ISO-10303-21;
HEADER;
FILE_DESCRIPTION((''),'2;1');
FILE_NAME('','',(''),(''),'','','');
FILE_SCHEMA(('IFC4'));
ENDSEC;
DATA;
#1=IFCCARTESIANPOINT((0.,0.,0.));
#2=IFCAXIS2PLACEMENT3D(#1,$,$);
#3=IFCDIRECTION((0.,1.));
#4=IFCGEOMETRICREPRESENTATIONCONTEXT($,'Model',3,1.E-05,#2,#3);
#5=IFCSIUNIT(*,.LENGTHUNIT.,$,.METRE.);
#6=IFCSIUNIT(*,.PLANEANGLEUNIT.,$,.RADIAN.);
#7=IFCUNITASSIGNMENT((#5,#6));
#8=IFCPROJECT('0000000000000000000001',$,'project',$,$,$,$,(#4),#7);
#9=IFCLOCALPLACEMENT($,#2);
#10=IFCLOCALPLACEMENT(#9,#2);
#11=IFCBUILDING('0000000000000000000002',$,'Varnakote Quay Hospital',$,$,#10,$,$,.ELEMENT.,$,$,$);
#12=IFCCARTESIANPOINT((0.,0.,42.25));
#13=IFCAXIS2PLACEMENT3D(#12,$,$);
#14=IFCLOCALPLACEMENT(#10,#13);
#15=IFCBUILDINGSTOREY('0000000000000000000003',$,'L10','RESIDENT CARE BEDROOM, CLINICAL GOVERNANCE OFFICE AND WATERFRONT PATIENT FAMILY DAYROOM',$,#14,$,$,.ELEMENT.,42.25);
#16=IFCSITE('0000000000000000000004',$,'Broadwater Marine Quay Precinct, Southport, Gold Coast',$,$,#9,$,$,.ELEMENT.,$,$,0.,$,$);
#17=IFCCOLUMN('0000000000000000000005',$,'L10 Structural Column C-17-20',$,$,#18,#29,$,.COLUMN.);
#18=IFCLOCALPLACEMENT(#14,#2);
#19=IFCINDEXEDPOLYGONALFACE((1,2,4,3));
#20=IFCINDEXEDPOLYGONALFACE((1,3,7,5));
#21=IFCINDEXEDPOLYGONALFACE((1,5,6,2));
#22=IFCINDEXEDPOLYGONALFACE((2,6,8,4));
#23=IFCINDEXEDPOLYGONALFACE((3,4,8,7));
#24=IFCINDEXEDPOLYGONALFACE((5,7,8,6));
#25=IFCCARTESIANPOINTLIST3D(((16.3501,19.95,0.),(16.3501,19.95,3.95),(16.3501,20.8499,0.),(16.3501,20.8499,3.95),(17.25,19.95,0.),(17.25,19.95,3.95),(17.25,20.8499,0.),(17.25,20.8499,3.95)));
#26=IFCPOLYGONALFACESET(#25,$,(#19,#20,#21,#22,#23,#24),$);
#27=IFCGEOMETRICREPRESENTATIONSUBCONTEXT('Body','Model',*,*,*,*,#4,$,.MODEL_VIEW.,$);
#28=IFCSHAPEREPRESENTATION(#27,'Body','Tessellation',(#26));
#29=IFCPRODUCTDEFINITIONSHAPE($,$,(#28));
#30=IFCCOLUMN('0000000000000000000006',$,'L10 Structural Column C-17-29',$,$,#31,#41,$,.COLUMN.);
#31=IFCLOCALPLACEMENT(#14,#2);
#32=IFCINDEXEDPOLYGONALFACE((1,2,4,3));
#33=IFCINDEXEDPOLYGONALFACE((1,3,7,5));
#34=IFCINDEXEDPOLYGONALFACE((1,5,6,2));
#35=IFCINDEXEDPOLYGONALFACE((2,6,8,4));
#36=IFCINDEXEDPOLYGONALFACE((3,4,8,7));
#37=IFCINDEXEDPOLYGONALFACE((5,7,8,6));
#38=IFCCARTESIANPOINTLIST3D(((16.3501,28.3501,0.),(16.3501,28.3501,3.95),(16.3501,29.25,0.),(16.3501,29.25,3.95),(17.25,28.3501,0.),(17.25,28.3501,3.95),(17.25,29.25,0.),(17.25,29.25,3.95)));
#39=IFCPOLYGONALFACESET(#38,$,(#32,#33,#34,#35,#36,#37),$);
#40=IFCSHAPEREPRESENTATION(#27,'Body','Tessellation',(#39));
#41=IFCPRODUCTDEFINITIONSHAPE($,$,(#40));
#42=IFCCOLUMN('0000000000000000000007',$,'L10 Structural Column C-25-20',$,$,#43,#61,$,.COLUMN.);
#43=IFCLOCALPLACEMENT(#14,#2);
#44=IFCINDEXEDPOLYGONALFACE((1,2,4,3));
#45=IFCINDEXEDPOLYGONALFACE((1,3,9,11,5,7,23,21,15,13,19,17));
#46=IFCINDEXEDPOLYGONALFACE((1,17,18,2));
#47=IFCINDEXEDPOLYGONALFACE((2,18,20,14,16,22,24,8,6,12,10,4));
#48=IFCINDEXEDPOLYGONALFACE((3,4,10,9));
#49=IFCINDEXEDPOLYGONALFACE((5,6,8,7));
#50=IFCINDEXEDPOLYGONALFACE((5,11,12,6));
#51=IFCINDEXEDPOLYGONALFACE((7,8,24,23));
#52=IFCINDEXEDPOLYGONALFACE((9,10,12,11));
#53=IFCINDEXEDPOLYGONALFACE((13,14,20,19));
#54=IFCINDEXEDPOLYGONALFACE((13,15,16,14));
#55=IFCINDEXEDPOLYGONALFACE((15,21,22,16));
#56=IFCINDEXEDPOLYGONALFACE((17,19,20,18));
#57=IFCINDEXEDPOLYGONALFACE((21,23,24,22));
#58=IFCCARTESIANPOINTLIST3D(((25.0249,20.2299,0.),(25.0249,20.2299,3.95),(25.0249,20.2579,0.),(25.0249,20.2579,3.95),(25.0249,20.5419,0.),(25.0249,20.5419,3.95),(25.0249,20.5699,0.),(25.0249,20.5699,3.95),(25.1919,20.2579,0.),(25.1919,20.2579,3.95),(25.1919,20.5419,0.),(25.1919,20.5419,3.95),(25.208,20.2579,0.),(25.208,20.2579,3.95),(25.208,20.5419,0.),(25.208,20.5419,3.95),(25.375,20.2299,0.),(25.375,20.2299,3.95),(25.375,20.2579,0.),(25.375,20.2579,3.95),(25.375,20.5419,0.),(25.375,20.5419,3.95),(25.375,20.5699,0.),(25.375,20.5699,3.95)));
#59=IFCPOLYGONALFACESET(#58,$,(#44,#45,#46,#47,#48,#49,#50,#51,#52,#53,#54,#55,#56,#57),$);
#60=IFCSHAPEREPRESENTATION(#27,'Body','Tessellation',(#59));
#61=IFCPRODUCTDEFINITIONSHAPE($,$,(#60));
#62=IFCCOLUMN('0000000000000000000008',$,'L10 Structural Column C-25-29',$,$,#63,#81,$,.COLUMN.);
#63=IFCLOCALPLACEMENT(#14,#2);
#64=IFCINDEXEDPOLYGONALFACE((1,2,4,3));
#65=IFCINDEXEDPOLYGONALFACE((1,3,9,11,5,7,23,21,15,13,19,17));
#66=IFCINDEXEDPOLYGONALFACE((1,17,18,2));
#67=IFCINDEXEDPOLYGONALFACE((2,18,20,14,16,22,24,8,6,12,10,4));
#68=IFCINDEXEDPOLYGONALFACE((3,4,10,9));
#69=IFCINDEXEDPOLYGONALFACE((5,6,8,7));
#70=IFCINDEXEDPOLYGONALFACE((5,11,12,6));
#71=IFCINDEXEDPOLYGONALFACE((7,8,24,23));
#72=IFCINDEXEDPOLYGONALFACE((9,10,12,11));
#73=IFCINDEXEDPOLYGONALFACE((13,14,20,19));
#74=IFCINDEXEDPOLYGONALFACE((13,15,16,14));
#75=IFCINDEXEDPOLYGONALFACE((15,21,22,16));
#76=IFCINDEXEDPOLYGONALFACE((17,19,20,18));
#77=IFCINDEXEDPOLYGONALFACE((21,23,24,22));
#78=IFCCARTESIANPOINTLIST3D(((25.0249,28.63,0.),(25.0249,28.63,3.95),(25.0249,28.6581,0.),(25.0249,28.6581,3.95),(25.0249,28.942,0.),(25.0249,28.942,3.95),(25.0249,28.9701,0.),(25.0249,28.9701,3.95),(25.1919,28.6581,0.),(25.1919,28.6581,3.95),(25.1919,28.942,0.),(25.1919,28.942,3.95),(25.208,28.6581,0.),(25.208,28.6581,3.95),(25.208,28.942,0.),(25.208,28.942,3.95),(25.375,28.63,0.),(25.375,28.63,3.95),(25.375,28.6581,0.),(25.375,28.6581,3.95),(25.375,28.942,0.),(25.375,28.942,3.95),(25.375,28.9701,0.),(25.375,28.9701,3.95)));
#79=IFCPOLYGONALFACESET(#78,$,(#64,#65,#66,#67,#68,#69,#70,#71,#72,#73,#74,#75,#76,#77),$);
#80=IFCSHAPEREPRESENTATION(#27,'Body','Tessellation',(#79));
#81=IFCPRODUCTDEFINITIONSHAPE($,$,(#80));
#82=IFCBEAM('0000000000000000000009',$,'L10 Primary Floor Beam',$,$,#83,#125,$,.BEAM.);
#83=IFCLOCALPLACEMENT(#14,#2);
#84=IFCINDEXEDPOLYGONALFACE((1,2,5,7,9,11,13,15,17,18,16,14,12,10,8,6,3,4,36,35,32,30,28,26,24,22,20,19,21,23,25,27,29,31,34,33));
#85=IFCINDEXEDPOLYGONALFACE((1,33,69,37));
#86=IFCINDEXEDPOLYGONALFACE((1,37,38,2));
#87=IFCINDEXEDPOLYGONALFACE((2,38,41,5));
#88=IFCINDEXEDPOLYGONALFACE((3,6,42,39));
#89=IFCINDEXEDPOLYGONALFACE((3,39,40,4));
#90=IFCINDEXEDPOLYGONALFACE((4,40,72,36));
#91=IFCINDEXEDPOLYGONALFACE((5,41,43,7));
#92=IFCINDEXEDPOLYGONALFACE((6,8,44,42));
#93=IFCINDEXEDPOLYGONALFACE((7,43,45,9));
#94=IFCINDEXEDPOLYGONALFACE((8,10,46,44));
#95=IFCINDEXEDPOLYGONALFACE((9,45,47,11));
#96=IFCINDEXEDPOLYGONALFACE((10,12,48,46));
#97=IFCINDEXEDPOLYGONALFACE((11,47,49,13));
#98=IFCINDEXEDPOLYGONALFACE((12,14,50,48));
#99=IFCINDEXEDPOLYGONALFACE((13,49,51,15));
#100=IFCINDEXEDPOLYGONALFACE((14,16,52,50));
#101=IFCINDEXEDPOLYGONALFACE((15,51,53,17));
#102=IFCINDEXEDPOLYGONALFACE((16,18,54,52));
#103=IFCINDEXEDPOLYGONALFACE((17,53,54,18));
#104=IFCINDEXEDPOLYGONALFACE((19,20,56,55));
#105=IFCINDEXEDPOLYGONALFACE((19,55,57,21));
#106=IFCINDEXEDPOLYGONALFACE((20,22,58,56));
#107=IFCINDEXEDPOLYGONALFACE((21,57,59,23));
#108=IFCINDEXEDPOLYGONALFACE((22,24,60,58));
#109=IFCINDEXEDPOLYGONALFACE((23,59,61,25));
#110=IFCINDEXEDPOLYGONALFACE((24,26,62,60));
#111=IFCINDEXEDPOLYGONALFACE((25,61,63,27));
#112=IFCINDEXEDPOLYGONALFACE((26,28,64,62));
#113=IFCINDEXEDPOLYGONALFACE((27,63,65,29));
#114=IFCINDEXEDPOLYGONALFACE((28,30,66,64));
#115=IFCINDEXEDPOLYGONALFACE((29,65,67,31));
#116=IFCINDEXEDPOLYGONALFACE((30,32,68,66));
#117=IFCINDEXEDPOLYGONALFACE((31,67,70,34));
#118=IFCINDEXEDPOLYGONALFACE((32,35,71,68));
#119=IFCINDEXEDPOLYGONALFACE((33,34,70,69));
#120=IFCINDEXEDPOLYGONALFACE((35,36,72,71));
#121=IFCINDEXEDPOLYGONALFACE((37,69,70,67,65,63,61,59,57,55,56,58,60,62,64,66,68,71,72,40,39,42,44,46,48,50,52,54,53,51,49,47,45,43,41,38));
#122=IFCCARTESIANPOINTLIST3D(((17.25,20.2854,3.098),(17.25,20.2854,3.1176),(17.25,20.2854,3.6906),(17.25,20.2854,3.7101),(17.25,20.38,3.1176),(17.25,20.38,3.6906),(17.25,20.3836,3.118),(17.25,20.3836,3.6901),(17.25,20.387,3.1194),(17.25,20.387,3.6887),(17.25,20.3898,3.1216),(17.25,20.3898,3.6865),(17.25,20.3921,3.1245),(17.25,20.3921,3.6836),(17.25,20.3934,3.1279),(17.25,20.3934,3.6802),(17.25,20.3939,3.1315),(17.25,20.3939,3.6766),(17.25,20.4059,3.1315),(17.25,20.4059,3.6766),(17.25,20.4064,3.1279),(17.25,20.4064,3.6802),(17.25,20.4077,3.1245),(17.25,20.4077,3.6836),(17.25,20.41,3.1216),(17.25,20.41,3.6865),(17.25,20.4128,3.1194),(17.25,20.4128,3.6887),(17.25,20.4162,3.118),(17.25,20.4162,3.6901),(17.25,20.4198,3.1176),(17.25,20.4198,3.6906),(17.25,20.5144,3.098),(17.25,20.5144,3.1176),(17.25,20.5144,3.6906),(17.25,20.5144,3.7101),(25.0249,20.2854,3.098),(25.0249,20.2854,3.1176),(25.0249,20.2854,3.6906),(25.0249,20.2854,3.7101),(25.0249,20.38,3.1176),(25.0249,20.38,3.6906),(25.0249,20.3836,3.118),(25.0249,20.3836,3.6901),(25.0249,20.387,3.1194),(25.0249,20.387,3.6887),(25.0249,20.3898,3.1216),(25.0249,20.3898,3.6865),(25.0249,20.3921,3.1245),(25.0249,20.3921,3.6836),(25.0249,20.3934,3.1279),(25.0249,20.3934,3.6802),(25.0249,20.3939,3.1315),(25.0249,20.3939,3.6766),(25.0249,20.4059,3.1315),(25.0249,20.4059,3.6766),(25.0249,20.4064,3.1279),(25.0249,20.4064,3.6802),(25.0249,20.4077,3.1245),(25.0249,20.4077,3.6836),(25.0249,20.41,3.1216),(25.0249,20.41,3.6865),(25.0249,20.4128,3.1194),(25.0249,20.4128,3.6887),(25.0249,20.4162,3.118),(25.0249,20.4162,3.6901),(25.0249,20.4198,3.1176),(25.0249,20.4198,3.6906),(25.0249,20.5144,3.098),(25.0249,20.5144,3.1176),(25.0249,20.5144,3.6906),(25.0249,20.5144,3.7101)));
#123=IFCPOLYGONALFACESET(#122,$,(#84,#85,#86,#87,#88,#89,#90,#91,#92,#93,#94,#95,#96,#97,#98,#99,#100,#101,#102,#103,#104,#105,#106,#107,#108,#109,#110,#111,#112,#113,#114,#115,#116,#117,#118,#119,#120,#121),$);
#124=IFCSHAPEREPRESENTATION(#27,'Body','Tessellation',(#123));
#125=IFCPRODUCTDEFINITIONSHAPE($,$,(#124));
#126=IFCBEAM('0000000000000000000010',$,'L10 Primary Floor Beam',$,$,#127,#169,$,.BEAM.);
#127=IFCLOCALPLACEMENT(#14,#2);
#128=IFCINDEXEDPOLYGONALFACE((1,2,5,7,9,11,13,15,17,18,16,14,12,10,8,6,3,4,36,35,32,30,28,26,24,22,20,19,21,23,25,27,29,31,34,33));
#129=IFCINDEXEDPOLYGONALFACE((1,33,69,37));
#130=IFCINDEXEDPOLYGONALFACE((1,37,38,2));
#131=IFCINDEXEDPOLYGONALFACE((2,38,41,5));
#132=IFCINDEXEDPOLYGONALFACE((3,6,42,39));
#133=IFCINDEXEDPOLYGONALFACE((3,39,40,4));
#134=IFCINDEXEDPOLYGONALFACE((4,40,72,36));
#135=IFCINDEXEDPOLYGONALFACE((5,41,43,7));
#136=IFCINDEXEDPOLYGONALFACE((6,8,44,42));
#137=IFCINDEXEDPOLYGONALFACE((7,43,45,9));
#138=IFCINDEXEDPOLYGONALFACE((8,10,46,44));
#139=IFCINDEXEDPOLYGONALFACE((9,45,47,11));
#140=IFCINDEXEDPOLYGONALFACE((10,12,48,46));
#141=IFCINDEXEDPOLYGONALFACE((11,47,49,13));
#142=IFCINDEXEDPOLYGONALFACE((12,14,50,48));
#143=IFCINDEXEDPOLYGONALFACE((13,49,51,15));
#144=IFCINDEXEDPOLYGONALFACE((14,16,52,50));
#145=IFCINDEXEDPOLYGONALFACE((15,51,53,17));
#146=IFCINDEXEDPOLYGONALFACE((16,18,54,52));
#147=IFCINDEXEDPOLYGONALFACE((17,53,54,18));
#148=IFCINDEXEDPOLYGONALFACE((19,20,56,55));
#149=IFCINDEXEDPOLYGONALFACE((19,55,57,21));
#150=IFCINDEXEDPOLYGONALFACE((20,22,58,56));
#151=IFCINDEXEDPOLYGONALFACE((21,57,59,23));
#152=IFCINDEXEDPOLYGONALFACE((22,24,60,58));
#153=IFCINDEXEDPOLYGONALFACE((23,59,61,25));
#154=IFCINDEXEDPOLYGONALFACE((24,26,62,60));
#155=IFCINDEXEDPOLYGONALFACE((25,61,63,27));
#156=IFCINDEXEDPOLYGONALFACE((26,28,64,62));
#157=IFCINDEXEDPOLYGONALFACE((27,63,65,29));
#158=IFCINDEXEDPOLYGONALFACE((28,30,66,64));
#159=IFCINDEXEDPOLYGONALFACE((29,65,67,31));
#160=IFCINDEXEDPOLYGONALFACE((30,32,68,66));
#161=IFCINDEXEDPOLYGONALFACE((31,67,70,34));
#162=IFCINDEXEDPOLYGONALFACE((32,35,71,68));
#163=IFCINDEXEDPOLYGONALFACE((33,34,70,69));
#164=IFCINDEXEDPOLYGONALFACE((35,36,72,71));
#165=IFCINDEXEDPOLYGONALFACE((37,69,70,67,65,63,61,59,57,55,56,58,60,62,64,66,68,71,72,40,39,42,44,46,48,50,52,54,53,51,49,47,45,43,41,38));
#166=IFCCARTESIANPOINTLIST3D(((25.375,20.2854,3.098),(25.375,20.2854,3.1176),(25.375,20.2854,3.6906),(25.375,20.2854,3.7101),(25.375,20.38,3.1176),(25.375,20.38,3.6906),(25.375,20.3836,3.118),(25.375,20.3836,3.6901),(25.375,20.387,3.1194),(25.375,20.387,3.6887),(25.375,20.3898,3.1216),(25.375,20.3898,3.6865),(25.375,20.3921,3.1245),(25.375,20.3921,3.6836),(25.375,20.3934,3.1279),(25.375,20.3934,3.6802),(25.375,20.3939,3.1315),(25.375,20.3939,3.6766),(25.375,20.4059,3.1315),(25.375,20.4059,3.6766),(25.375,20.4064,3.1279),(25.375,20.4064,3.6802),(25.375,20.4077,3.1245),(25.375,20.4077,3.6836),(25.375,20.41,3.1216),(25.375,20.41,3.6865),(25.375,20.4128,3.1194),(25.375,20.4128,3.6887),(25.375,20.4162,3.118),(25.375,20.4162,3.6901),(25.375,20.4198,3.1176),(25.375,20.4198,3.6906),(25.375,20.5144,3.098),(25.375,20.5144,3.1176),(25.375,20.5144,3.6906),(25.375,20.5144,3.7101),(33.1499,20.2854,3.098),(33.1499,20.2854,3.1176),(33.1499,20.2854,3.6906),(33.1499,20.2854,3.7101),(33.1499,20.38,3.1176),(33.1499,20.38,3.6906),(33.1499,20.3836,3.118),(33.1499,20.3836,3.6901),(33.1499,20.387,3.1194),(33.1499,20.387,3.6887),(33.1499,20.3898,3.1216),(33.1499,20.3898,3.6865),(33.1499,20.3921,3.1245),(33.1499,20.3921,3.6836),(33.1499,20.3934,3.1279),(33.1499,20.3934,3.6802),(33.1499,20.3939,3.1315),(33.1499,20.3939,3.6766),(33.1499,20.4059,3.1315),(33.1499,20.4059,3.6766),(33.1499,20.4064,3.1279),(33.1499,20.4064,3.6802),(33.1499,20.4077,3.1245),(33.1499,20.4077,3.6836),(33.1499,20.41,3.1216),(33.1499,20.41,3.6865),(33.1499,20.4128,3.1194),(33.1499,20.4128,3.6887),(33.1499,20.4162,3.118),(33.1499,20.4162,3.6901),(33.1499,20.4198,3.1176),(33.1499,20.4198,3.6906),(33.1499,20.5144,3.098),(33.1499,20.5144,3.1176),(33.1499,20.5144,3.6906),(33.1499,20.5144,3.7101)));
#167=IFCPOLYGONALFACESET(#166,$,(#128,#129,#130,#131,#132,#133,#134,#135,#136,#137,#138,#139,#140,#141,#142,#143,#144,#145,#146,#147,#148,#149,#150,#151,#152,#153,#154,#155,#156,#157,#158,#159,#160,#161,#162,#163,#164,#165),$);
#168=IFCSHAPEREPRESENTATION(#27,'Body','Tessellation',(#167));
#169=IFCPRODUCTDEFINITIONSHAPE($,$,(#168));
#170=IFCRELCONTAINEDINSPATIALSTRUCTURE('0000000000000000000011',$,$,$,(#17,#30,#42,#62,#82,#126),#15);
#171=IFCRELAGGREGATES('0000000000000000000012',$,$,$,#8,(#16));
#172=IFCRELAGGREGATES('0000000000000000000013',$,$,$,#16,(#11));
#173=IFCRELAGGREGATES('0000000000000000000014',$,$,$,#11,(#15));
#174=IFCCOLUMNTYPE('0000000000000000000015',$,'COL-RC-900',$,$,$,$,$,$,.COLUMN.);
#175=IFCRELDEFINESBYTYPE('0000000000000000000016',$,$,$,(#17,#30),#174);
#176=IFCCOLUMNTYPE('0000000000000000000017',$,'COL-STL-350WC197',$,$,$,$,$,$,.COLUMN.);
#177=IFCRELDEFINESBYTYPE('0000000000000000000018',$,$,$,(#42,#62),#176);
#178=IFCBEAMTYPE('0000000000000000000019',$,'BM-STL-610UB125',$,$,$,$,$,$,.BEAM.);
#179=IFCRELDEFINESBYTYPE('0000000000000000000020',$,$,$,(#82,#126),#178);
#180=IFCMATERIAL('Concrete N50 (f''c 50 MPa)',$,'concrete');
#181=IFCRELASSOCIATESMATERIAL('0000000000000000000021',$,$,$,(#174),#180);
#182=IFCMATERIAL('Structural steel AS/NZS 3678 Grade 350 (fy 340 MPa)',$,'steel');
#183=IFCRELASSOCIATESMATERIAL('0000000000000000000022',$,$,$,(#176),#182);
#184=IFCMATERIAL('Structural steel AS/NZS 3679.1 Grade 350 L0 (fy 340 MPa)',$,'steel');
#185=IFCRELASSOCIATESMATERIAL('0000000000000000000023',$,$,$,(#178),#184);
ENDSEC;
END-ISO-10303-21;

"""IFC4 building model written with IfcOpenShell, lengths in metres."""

from ifc_helpers import new_model, si_unit, direction, frame, origin, origin_2d, place, context, subcontext, project, spatial, rectangle, i_section, extrude, material, material_profile, profile_set, type_object, element, save


model = new_model("IFC4")

# Units and contexts
model_context = context("Model", 3, precision=1e-05, world=origin(), true_north=direction((0.0, 1.0)))
body_context = subcontext(model_context, "Body", "Model", "MODEL_VIEW")
ifc_project = project(units=[si_unit("LENGTHUNIT", "METRE"), si_unit("PLANEANGLEUNIT", "RADIAN")], contexts=[model_context])

# Site, building, storey
site_placement = place(None, origin())
site = spatial("IfcSite", under=ifc_project, at=site_placement, Name="Broadwater Marine Quay Precinct, Southport, Gold Coast", CompositionType="ELEMENT", RefElevation=0.0)
building_placement = place(site_placement, origin())
building = spatial("IfcBuilding", under=site, at=building_placement, Name="Varnakote Quay Hospital", CompositionType="ELEMENT")
storey_placement = place(building_placement, frame((0.0, 0.0, 42.25)))
storey = spatial("IfcBuildingStorey", under=building, at=storey_placement, Name="L10", Description="RESIDENT CARE BEDROOM, CLINICAL GOVERNANCE OFFICE AND WATERFRONT PATIENT FAMILY DAYROOM", CompositionType="ELEMENT", Elevation=42.25)

# Columns
ifc_material_1 = material(Name="Concrete N50 (f'c 50 MPa)", Category="concrete")
ifc_material_profile_1 = material_profile(ifc_material_1, rectangle(XDim=0.8999, YDim=0.8999, at=origin_2d()), Name="RC-COL-900x900")
ifc_profile_set_1 = profile_set([ifc_material_profile_1], Name="Concrete N50 (f'c 50 MPa)")
column_type_1 = type_object("IfcColumnType", Name="COL-RC-900", PredefinedType="COLUMN", material=ifc_profile_set_1)
for number, where, z_axis, x_axis, name in (
    (1, (16.8, 20.3999, 0.0), (0.0, 0.0, 1.0), (1.0, 0.0, 0.0), "L10 Structural Column C-17-20"),
    (2, (16.8, 28.8, 0.0), (0.0, 0.0, 1.0), (1.0, 0.0, 0.0), "L10 Structural Column C-17-29"),
):
    element("IfcColumn", number, at=place(storey_placement, frame(where, z_axis=z_axis, x_axis=x_axis)), inside=storey, type_object=column_type_1, Name=name, PredefinedType="COLUMN", context=body_context, shape_type="SweptSolid", body=[
        extrude(rectangle(XDim=0.8999, YDim=0.8999, at=origin_2d()), origin(), (0.0, 0.0, 1.0), 3.95),
    ])
ifc_material_2 = material(Name="Structural steel AS/NZS 3678 Grade 350 (fy 340 MPa)", Category="steel")
ifc_material_profile_2 = material_profile(ifc_material_2, i_section(OverallWidth=0.3501, OverallDepth=0.3401, WebThickness=0.0161, FlangeThickness=0.0281, at=origin_2d()), Name="350WC197")
ifc_profile_set_2 = profile_set([ifc_material_profile_2], Name="Structural steel AS/NZS 3678 Grade 350 (fy 340 MPa)")
column_type_2 = type_object("IfcColumnType", Name="COL-STL-350WC197", PredefinedType="COLUMN", material=ifc_profile_set_2)
for number, where, z_axis, x_axis, name in (
    (3, (25.2, 20.3999, 0.0), (0.0, 0.0, 1.0), (1.0, 0.0, 0.0), "L10 Structural Column C-25-20"),
    (4, (25.2, 28.8, 0.0), (0.0, 0.0, 1.0), (1.0, 0.0, 0.0), "L10 Structural Column C-25-29"),
):
    element("IfcColumn", number, at=place(storey_placement, frame(where, z_axis=z_axis, x_axis=x_axis)), inside=storey, type_object=column_type_2, Name=name, PredefinedType="COLUMN", context=body_context, shape_type="SweptSolid", body=[
        extrude(i_section(OverallWidth=0.3501, OverallDepth=0.3401, WebThickness=0.0161, FlangeThickness=0.0281, at=origin_2d()), origin(), (0.0, 0.0, 1.0), 3.95),
    ])

# Beams
ifc_material_3 = material(Name="Structural steel AS/NZS 3679.1 Grade 350 L0 (fy 340 MPa)", Category="steel")
ifc_material_profile_3 = material_profile(ifc_material_3, i_section(OverallWidth=0.229, OverallDepth=0.6121, WebThickness=0.012, FlangeThickness=0.0195, FilletRadius=0.0139, at=origin_2d()), Name="610UB125")
ifc_profile_set_3 = profile_set([ifc_material_profile_3], Name="Structural steel AS/NZS 3679.1 Grade 350 L0 (fy 340 MPa)")
beam_type_1 = type_object("IfcBeamType", Name="BM-STL-610UB125", PredefinedType="BEAM", material=ifc_profile_set_3)
for number, where, z_axis, x_axis, name in (
    (5, (17.25, 20.3999, 3.4041), (1.0, 0.0, 0.0), (0.0, 1.0, 0.0), "L10 Primary Floor Beam"),
    (6, (25.375, 20.3999, 3.4041), (1.0, 0.0, 0.0), (0.0, 1.0, 0.0), "L10 Primary Floor Beam"),
):
    element("IfcBeam", number, at=place(storey_placement, frame(where, z_axis=z_axis, x_axis=x_axis)), inside=storey, type_object=beam_type_1, Name=name, PredefinedType="BEAM", context=body_context, shape_type="SweptSolid", body=[
        extrude(i_section(OverallWidth=0.229, OverallDepth=0.6121, WebThickness=0.012, FlangeThickness=0.0195, FilletRadius=0.0139, at=origin_2d()), origin(), (0.0, 0.0, 1.0), 7.7749),
    ])

save(model, "model.ifc")
